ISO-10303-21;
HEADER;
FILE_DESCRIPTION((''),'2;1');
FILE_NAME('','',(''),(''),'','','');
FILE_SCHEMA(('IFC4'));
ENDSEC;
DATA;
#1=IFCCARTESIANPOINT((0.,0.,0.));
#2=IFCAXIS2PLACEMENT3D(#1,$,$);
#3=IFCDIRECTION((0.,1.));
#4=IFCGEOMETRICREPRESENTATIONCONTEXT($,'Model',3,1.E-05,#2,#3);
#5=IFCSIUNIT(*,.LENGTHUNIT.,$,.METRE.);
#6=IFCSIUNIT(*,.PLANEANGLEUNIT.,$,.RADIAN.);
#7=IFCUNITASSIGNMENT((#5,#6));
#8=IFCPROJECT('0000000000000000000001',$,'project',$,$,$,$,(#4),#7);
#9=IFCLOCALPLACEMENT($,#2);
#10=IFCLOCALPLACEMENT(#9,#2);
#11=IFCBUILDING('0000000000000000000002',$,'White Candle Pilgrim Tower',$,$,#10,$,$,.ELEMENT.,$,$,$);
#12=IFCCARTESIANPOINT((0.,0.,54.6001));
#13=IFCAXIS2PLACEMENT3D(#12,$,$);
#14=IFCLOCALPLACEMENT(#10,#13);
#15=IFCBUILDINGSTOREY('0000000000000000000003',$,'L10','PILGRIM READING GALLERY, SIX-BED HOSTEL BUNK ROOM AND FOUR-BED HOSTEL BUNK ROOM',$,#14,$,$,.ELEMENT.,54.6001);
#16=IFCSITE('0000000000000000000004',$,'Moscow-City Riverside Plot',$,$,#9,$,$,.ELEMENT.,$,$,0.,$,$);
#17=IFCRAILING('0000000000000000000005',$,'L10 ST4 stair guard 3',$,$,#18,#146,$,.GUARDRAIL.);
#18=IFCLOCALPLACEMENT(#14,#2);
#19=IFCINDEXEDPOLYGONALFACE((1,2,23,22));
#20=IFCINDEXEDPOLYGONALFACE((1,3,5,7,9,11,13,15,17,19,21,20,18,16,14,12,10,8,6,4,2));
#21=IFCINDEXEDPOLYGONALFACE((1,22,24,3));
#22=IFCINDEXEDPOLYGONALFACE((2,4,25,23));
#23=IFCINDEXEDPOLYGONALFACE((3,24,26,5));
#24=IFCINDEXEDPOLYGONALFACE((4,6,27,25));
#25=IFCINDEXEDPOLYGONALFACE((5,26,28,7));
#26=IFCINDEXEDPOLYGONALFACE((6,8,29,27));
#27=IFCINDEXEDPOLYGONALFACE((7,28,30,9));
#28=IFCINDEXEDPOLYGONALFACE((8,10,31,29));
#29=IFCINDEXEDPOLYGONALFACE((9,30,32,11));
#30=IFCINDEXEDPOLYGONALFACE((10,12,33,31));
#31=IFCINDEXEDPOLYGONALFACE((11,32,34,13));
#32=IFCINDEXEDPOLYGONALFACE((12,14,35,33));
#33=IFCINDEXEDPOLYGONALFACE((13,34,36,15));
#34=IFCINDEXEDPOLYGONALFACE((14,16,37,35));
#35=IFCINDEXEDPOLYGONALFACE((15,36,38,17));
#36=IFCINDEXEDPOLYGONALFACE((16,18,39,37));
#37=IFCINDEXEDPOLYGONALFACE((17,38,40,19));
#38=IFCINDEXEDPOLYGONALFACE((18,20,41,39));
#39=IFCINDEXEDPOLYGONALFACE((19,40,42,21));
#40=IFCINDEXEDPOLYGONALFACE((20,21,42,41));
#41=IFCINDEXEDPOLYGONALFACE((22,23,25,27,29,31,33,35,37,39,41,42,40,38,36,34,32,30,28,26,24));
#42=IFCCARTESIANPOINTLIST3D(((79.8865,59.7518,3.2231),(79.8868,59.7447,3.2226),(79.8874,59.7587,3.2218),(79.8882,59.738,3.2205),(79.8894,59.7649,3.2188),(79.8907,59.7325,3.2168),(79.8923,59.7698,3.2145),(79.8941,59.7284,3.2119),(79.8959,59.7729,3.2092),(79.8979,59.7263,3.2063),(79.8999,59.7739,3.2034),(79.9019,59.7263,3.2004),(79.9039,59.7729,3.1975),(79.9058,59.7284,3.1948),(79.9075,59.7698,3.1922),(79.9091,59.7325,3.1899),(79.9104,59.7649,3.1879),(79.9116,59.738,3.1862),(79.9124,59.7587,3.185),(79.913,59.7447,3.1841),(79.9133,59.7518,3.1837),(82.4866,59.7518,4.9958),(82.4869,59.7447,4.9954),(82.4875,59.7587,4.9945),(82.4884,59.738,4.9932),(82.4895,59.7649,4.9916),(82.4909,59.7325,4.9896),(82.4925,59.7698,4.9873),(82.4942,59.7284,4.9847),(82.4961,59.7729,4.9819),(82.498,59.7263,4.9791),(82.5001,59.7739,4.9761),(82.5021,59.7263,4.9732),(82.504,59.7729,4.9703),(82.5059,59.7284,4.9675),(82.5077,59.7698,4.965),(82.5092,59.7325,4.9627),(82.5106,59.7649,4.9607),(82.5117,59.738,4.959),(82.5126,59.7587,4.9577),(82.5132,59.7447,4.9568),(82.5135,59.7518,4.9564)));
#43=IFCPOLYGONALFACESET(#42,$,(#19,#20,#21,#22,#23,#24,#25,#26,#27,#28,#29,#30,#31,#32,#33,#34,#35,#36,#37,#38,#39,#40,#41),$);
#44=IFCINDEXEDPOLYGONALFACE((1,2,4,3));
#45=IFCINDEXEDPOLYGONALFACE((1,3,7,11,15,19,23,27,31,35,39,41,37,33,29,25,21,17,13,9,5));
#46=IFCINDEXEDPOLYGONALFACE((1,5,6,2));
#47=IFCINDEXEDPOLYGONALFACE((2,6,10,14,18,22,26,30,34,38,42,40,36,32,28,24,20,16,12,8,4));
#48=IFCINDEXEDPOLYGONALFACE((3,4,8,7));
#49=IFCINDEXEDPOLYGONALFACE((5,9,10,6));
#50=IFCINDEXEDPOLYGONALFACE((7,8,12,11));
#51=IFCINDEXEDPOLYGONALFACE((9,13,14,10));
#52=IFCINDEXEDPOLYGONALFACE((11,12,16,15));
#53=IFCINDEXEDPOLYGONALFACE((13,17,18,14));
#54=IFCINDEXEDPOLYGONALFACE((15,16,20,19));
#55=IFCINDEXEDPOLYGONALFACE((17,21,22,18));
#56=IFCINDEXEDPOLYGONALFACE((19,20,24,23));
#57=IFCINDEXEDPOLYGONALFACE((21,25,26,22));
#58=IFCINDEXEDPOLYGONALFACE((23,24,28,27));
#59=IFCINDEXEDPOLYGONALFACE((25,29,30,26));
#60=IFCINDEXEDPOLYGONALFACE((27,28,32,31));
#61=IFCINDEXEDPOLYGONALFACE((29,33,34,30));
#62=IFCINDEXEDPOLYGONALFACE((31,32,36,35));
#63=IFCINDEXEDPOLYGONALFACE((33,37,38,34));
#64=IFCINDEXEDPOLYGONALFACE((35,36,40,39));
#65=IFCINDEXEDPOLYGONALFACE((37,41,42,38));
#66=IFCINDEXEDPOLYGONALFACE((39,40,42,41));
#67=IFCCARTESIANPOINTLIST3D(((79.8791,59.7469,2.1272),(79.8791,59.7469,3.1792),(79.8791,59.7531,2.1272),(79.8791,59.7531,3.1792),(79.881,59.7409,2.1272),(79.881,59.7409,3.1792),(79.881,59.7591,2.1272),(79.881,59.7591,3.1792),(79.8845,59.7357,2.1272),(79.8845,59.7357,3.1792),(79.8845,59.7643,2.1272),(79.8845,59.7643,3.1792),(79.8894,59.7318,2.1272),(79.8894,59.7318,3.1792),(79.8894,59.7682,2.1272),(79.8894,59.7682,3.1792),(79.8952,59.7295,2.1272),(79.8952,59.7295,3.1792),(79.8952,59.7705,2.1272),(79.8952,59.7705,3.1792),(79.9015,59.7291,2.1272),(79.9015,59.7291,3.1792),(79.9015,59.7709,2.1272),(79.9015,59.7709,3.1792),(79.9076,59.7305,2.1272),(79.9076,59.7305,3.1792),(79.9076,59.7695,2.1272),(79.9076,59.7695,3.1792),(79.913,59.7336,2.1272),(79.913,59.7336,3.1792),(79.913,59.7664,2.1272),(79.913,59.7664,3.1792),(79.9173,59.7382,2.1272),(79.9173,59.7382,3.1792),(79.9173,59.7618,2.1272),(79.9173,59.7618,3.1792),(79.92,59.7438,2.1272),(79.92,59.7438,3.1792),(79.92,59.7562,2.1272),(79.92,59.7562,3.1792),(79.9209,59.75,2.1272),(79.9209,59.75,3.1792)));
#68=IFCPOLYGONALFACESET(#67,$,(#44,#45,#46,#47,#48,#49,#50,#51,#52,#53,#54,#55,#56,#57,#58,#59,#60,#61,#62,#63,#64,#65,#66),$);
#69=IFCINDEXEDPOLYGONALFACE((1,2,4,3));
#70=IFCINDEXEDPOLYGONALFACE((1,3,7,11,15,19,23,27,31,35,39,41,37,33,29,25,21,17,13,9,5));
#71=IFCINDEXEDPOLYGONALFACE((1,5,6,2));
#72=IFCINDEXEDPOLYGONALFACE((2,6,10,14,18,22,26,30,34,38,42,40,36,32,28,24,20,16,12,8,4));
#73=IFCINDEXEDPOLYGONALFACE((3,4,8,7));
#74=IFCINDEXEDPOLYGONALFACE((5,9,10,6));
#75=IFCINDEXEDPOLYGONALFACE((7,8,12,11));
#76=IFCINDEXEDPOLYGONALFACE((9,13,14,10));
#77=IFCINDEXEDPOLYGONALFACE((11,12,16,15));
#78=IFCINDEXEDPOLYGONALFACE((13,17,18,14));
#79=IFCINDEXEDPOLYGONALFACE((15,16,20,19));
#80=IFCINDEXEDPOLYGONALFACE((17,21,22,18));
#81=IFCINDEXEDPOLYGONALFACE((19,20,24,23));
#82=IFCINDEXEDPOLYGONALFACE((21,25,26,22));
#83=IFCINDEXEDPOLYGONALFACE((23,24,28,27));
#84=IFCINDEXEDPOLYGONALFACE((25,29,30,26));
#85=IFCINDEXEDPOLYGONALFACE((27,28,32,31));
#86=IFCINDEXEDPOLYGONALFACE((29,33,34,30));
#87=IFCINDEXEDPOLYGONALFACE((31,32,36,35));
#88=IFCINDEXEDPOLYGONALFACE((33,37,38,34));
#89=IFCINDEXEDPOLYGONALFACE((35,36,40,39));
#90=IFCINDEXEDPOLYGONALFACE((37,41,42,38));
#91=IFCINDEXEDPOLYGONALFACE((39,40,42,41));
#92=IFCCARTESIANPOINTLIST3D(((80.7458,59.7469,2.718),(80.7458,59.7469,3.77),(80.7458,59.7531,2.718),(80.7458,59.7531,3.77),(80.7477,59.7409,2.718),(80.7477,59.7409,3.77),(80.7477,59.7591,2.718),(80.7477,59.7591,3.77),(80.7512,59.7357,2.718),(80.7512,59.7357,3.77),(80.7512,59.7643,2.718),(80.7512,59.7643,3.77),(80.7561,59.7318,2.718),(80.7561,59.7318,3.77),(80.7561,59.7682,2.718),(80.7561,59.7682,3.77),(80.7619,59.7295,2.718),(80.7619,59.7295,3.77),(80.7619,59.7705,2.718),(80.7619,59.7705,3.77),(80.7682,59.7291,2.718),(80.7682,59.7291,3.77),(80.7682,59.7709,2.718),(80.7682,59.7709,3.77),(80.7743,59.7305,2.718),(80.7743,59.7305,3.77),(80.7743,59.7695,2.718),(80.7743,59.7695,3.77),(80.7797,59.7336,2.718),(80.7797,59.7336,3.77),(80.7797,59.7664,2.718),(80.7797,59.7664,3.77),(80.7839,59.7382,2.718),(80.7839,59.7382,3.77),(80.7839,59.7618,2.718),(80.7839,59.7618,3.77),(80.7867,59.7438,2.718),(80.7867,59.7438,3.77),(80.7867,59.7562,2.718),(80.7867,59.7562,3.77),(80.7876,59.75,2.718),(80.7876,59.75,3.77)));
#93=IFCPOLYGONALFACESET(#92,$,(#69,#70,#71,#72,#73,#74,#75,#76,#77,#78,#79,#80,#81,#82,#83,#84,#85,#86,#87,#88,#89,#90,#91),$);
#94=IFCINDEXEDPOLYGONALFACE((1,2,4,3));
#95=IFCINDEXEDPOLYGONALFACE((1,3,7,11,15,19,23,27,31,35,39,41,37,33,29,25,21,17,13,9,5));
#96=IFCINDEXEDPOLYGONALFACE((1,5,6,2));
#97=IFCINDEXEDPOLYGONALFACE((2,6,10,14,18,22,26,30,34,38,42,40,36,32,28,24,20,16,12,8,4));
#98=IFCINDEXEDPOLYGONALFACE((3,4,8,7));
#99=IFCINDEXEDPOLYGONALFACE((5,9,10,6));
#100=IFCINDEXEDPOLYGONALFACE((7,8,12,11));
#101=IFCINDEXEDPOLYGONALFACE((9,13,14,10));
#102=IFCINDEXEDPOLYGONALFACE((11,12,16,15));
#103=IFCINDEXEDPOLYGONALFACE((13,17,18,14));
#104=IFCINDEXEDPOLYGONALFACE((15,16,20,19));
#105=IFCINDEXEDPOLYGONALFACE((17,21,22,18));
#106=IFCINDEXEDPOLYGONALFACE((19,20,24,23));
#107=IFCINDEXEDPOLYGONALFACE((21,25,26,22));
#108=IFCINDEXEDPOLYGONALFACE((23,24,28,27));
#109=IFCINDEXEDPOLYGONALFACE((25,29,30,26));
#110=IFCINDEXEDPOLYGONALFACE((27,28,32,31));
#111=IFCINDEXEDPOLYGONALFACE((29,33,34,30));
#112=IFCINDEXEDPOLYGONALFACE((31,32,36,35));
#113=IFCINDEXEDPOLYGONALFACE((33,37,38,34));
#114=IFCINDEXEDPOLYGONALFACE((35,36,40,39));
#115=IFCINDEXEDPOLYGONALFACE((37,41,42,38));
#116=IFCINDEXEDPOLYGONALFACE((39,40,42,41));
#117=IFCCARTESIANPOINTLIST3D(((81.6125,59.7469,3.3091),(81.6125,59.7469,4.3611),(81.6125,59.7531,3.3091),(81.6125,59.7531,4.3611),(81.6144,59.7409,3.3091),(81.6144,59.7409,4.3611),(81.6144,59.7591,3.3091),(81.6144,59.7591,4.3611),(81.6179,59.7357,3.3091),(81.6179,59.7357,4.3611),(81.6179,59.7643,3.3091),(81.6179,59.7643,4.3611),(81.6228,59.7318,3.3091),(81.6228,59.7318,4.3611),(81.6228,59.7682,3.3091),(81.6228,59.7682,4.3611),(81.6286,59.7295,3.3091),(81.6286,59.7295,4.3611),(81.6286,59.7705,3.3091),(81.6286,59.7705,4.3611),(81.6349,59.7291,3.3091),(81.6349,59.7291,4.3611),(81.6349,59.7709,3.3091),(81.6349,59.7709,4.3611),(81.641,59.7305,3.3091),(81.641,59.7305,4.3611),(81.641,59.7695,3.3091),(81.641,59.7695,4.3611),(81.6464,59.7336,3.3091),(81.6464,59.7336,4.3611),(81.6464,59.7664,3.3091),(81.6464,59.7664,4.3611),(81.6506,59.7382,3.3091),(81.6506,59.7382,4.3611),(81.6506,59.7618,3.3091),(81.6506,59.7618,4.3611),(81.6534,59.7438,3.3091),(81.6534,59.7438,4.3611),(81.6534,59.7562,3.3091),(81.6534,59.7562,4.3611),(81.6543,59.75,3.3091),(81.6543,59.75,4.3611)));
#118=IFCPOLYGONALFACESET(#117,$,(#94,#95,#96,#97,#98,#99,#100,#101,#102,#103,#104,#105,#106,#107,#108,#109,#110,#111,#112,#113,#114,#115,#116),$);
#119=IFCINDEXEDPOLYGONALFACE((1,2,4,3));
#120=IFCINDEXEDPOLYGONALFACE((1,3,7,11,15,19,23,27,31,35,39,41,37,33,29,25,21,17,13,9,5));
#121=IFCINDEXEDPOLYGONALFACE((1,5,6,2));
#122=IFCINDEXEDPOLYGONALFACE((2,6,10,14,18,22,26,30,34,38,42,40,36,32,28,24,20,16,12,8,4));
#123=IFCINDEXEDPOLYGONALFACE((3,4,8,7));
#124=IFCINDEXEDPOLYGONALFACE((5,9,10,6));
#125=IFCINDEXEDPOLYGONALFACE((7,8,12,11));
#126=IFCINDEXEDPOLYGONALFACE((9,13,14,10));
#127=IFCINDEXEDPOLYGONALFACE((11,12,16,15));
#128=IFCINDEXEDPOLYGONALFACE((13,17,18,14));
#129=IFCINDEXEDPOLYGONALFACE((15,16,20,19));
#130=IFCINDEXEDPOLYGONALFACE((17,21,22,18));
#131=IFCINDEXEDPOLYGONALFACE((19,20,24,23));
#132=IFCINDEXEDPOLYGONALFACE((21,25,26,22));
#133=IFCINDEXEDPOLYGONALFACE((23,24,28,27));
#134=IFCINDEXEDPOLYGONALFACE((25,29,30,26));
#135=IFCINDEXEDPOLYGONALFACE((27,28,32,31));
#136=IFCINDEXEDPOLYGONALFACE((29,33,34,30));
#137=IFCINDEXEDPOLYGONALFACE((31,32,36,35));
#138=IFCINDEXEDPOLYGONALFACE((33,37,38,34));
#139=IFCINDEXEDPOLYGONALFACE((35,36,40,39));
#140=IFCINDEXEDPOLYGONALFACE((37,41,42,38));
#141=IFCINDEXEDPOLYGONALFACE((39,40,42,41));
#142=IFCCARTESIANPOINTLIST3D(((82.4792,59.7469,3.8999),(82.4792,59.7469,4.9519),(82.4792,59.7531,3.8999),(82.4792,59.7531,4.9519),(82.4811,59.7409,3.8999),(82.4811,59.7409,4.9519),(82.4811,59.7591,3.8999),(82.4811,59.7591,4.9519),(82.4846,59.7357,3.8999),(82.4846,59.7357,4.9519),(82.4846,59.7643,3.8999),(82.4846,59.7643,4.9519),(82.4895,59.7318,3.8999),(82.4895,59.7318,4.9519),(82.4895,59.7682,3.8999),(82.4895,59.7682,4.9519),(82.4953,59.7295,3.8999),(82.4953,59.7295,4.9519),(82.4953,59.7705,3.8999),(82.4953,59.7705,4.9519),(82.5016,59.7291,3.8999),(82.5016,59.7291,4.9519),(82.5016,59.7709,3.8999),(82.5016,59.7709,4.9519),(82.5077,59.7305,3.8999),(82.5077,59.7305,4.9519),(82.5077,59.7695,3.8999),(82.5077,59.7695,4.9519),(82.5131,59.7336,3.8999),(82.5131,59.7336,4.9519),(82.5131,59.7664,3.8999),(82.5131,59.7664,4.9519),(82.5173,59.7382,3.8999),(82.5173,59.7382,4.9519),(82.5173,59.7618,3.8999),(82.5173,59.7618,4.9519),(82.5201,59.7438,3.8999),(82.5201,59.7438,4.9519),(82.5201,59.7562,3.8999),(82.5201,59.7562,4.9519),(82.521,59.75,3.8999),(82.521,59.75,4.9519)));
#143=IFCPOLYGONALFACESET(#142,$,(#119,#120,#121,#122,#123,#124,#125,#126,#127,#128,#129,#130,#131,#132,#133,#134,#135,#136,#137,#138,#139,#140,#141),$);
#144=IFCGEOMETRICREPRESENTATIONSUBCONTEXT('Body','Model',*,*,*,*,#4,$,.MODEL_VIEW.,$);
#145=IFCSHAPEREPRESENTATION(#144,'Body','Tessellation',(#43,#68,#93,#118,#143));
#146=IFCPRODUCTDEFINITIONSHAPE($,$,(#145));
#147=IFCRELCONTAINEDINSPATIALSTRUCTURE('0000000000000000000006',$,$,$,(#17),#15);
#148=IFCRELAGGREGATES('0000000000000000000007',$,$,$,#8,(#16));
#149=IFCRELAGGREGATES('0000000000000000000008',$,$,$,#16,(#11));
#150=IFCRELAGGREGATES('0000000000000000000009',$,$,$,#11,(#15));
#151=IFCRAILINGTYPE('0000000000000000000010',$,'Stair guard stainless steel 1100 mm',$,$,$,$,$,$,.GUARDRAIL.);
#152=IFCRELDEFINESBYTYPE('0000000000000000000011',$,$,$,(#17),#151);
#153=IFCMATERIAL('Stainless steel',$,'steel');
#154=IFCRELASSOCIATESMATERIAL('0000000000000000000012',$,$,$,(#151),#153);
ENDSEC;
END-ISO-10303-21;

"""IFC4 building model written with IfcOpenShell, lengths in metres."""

from ifc_helpers import new_model, si_unit, direction, frame, origin, origin_2d, place, context, subcontext, project, spatial, circle, extrude, material, type_object, element, save


model = new_model("IFC4")

# Units and contexts
model_context = context("Model", 3, precision=1e-05, world=origin(), true_north=direction((0.0, 1.0)))
body_context = subcontext(model_context, "Body", "Model", "MODEL_VIEW")
ifc_project = project(units=[si_unit("LENGTHUNIT", "METRE"), si_unit("PLANEANGLEUNIT", "RADIAN")], contexts=[model_context])

# Site, building, storey
site_placement = place(None, origin())
site = spatial("IfcSite", under=ifc_project, at=site_placement, Name="Moscow-City Riverside Plot", CompositionType="ELEMENT", RefElevation=0.0)
building_placement = place(site_placement, origin())
building = spatial("IfcBuilding", under=site, at=building_placement, Name="White Candle Pilgrim Tower", CompositionType="ELEMENT")
storey_placement = place(building_placement, frame((0.0, 0.0, 54.6001)))
storey = spatial("IfcBuildingStorey", under=building, at=storey_placement, Name="L10", Description="PILGRIM READING GALLERY, SIX-BED HOSTEL BUNK ROOM AND FOUR-BED HOSTEL BUNK ROOM", CompositionType="ELEMENT", Elevation=54.6001)

# Railing
ifc_material_1 = material(Name="Stainless steel", Category="steel")
railing_type_1 = type_object("IfcRailingType", Name="Stair guard stainless steel 1100 mm", PredefinedType="GUARDRAIL", material=ifc_material_1)
railing_1_placement = place(storey_placement, frame((79.8999, 59.75, 2.1272)))
element("IfcRailing", 1, at=railing_1_placement, inside=storey, type_object=railing_type_1, Name="L10 ST4 stair guard 3", PredefinedType="GUARDRAIL", context=body_context, shape_type="SweptSolid", body=[
    extrude(circle(Radius=0.0239, at=origin_2d()), frame((0.0, 0.0, 1.0762), z_axis=(0.82624, 0.0, 0.563318), x_axis=(0.0, 1.0, 0.0)), (0.0, 0.0, 1.0), 3.147),
    extrude(circle(Radius=0.021, at=origin_2d()), origin(), (0.0, 0.0, 1.0), 1.052),
    extrude(circle(Radius=0.021, at=origin_2d()), frame((0.8667, 0.0, 0.5908)), (0.0, 0.0, 1.0), 1.052),
    extrude(circle(Radius=0.021, at=origin_2d()), frame((1.7334, 0.0, 1.1819)), (0.0, 0.0, 1.0), 1.052),
    extrude(circle(Radius=0.021, at=origin_2d()), frame((2.6001, 0.0, 1.7727)), (0.0, 0.0, 1.0), 1.052),
])

save(model, "model.ifc")
